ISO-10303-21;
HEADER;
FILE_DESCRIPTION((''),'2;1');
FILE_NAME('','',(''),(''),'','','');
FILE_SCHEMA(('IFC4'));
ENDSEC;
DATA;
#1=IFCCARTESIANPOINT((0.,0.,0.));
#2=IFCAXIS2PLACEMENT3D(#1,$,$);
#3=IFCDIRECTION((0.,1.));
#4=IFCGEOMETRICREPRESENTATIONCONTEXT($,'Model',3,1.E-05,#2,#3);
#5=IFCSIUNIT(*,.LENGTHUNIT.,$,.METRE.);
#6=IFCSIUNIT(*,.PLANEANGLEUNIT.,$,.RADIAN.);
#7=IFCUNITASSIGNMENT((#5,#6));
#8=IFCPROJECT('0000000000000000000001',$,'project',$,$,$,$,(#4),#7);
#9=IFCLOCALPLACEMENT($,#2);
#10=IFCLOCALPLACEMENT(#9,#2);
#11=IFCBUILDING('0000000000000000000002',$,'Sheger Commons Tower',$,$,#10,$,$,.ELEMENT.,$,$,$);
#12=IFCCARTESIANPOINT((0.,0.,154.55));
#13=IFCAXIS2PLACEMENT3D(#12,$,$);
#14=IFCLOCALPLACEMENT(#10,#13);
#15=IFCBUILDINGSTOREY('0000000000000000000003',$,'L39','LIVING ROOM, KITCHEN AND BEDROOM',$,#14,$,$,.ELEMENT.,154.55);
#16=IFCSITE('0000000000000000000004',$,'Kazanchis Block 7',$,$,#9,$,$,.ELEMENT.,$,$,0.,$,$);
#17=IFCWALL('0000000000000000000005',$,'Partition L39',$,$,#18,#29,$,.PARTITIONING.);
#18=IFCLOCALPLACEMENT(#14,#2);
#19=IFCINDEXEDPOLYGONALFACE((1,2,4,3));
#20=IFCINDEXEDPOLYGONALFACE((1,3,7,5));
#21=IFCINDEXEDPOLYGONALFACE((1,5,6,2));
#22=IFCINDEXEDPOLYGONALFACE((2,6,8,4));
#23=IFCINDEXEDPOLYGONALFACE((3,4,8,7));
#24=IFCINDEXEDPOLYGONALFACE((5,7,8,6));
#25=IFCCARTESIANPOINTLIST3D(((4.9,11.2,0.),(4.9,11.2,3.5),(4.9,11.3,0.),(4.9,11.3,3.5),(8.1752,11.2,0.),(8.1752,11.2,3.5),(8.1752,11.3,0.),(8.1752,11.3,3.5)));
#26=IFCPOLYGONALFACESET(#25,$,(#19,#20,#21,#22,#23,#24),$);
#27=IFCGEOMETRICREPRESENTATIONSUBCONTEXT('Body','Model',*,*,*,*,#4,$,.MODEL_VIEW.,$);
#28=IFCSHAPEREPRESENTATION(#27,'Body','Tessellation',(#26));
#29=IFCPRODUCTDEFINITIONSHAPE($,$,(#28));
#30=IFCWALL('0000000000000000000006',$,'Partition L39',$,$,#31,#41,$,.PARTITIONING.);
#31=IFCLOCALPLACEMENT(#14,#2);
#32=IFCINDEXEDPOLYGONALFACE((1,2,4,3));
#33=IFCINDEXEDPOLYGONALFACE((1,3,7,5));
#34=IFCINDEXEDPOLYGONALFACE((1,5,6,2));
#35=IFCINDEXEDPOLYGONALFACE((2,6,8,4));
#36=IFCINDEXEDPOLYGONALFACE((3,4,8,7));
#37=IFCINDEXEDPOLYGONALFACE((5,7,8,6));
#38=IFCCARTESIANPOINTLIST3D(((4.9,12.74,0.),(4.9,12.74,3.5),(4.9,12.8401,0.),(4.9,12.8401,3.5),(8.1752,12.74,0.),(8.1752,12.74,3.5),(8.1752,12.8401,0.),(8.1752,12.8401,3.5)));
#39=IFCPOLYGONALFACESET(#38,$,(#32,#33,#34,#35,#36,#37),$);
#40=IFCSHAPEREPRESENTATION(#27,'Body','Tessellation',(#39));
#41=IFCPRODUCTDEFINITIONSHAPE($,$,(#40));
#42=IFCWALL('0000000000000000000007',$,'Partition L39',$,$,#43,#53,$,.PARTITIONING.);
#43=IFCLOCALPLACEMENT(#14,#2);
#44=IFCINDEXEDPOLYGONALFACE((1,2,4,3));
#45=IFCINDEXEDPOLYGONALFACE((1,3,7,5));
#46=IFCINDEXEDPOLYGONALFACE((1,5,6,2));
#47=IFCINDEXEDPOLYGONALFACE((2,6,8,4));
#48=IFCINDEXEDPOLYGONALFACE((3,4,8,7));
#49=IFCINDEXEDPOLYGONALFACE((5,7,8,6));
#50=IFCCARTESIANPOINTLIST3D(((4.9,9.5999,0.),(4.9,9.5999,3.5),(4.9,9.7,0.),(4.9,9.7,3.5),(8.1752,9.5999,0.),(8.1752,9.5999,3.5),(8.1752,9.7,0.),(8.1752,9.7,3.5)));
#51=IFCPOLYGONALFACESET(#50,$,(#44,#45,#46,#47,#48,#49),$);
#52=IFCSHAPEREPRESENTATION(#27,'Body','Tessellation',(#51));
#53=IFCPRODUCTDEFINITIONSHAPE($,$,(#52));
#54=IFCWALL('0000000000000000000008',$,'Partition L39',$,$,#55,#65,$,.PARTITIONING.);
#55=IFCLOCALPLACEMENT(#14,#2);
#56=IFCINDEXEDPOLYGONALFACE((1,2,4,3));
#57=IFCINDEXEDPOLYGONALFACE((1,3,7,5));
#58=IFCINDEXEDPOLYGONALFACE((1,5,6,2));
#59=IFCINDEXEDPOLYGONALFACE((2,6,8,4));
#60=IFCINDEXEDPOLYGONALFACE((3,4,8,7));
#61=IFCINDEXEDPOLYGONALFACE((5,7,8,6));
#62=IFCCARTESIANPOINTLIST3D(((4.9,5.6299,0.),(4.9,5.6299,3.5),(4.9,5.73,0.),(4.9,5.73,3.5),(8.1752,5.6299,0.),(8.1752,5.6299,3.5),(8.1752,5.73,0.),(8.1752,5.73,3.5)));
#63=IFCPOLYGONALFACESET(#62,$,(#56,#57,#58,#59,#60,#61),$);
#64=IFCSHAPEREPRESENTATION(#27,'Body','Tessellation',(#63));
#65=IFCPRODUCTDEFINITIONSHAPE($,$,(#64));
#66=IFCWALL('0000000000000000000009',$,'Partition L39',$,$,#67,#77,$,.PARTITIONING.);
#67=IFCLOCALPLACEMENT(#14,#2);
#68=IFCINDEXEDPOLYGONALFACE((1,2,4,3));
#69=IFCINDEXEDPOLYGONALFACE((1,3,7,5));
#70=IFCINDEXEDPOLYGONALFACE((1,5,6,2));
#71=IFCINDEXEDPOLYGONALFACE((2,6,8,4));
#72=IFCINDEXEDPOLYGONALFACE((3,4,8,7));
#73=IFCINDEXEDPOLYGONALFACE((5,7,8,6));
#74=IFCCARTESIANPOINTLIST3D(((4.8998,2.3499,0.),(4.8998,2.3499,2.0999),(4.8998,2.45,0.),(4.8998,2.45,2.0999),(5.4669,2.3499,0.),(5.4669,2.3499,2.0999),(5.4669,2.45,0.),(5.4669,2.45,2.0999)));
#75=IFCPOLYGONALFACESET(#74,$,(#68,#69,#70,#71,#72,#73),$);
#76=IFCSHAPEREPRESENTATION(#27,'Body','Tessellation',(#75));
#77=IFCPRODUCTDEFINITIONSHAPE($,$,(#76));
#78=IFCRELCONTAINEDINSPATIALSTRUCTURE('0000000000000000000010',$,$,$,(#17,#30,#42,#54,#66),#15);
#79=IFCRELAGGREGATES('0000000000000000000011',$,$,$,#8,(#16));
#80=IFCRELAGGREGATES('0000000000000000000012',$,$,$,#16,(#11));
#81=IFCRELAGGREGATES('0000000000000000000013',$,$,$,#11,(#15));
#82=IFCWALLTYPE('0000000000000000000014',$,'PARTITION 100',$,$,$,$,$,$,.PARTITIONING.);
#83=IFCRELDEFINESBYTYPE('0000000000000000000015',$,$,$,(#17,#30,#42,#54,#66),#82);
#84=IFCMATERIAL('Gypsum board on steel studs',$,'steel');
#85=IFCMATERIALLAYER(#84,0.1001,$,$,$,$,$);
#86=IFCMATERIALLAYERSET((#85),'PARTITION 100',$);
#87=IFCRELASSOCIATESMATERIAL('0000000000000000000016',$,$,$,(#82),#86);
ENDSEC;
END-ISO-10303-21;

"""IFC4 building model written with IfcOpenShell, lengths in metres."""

from ifc_helpers import new_model, si_unit, direction, frame, frame_2d, origin, place, context, subcontext, project, spatial, rectangle, extrude, material, layer, layer_set, type_object, element, save


model = new_model("IFC4")

# Units and contexts
model_context = context("Model", 3, precision=1e-05, world=origin(), true_north=direction((0.0, 1.0)))
body_context = subcontext(model_context, "Body", "Model", "MODEL_VIEW")
ifc_project = project(units=[si_unit("LENGTHUNIT", "METRE"), si_unit("PLANEANGLEUNIT", "RADIAN")], contexts=[model_context])

# Site, building, storey
site_placement = place(None, origin())
site = spatial("IfcSite", under=ifc_project, at=site_placement, Name="Kazanchis Block 7", CompositionType="ELEMENT", RefElevation=0.0)
building_placement = place(site_placement, origin())
building = spatial("IfcBuilding", under=site, at=building_placement, Name="Sheger Commons Tower", CompositionType="ELEMENT")
storey_placement = place(building_placement, frame((0.0, 0.0, 154.55)))
storey = spatial("IfcBuildingStorey", under=building, at=storey_placement, Name="L39", Description="LIVING ROOM, KITCHEN AND BEDROOM", CompositionType="ELEMENT", Elevation=154.55)

# Shared definitions
ifc_material_1 = material(Name="Gypsum board on steel studs", Category="steel")
ifc_layer = layer(ifc_material_1, 0.1001)
ifc_layer_set = layer_set([ifc_layer], Name="PARTITION 100")
wall_type = type_object("IfcWallType", Name="PARTITION 100", PredefinedType="PARTITIONING", material=ifc_layer_set)

# Walls
for number, where, z_axis, x_axis, name in (
    (1, (4.8999, 11.25, 0.0), (0.0, 0.0, 1.0), (1.0, 0.0, 0.0), "Partition L39"),
    (2, (4.8999, 12.79, 0.0), (0.0, 0.0, 1.0), (1.0, 0.0, 0.0), "Partition L39"),
    (3, (4.8999, 9.6499, 0.0), (0.0, 0.0, 1.0), (1.0, 0.0, 0.0), "Partition L39"),
    (4, (4.8999, 5.6799, 0.0), (0.0, 0.0, 1.0), (1.0, 0.0, 0.0), "Partition L39"),
):
    element("IfcWall", number, at=place(storey_placement, frame(where, z_axis=z_axis, x_axis=x_axis)), inside=storey, type_object=wall_type, Name=name, PredefinedType="PARTITIONING", context=body_context, shape_type="SweptSolid", body=[
        extrude(rectangle(XDim=3.2751, YDim=0.1001, at=frame_2d((1.6377, 0.0))), origin(), (0.0, 0.0, 1.0), 3.5),
    ])
wall_1_placement = place(storey_placement, frame((5.467, 2.3999, 0.0), z_axis=(0.0, 0.0, 1.0), x_axis=(-1.0, 0.0, 0.0)))
element("IfcWall", 5, at=wall_1_placement, inside=storey, type_object=wall_type, Name="Partition L39", PredefinedType="PARTITIONING", context=body_context, shape_type="SweptSolid", body=[
    extrude(rectangle(XDim=0.5671, YDim=0.1001, at=frame_2d((0.2837, 0.0))), origin(), (0.0, 0.0, 1.0), 2.0999),
])

save(model, "model.ifc")
